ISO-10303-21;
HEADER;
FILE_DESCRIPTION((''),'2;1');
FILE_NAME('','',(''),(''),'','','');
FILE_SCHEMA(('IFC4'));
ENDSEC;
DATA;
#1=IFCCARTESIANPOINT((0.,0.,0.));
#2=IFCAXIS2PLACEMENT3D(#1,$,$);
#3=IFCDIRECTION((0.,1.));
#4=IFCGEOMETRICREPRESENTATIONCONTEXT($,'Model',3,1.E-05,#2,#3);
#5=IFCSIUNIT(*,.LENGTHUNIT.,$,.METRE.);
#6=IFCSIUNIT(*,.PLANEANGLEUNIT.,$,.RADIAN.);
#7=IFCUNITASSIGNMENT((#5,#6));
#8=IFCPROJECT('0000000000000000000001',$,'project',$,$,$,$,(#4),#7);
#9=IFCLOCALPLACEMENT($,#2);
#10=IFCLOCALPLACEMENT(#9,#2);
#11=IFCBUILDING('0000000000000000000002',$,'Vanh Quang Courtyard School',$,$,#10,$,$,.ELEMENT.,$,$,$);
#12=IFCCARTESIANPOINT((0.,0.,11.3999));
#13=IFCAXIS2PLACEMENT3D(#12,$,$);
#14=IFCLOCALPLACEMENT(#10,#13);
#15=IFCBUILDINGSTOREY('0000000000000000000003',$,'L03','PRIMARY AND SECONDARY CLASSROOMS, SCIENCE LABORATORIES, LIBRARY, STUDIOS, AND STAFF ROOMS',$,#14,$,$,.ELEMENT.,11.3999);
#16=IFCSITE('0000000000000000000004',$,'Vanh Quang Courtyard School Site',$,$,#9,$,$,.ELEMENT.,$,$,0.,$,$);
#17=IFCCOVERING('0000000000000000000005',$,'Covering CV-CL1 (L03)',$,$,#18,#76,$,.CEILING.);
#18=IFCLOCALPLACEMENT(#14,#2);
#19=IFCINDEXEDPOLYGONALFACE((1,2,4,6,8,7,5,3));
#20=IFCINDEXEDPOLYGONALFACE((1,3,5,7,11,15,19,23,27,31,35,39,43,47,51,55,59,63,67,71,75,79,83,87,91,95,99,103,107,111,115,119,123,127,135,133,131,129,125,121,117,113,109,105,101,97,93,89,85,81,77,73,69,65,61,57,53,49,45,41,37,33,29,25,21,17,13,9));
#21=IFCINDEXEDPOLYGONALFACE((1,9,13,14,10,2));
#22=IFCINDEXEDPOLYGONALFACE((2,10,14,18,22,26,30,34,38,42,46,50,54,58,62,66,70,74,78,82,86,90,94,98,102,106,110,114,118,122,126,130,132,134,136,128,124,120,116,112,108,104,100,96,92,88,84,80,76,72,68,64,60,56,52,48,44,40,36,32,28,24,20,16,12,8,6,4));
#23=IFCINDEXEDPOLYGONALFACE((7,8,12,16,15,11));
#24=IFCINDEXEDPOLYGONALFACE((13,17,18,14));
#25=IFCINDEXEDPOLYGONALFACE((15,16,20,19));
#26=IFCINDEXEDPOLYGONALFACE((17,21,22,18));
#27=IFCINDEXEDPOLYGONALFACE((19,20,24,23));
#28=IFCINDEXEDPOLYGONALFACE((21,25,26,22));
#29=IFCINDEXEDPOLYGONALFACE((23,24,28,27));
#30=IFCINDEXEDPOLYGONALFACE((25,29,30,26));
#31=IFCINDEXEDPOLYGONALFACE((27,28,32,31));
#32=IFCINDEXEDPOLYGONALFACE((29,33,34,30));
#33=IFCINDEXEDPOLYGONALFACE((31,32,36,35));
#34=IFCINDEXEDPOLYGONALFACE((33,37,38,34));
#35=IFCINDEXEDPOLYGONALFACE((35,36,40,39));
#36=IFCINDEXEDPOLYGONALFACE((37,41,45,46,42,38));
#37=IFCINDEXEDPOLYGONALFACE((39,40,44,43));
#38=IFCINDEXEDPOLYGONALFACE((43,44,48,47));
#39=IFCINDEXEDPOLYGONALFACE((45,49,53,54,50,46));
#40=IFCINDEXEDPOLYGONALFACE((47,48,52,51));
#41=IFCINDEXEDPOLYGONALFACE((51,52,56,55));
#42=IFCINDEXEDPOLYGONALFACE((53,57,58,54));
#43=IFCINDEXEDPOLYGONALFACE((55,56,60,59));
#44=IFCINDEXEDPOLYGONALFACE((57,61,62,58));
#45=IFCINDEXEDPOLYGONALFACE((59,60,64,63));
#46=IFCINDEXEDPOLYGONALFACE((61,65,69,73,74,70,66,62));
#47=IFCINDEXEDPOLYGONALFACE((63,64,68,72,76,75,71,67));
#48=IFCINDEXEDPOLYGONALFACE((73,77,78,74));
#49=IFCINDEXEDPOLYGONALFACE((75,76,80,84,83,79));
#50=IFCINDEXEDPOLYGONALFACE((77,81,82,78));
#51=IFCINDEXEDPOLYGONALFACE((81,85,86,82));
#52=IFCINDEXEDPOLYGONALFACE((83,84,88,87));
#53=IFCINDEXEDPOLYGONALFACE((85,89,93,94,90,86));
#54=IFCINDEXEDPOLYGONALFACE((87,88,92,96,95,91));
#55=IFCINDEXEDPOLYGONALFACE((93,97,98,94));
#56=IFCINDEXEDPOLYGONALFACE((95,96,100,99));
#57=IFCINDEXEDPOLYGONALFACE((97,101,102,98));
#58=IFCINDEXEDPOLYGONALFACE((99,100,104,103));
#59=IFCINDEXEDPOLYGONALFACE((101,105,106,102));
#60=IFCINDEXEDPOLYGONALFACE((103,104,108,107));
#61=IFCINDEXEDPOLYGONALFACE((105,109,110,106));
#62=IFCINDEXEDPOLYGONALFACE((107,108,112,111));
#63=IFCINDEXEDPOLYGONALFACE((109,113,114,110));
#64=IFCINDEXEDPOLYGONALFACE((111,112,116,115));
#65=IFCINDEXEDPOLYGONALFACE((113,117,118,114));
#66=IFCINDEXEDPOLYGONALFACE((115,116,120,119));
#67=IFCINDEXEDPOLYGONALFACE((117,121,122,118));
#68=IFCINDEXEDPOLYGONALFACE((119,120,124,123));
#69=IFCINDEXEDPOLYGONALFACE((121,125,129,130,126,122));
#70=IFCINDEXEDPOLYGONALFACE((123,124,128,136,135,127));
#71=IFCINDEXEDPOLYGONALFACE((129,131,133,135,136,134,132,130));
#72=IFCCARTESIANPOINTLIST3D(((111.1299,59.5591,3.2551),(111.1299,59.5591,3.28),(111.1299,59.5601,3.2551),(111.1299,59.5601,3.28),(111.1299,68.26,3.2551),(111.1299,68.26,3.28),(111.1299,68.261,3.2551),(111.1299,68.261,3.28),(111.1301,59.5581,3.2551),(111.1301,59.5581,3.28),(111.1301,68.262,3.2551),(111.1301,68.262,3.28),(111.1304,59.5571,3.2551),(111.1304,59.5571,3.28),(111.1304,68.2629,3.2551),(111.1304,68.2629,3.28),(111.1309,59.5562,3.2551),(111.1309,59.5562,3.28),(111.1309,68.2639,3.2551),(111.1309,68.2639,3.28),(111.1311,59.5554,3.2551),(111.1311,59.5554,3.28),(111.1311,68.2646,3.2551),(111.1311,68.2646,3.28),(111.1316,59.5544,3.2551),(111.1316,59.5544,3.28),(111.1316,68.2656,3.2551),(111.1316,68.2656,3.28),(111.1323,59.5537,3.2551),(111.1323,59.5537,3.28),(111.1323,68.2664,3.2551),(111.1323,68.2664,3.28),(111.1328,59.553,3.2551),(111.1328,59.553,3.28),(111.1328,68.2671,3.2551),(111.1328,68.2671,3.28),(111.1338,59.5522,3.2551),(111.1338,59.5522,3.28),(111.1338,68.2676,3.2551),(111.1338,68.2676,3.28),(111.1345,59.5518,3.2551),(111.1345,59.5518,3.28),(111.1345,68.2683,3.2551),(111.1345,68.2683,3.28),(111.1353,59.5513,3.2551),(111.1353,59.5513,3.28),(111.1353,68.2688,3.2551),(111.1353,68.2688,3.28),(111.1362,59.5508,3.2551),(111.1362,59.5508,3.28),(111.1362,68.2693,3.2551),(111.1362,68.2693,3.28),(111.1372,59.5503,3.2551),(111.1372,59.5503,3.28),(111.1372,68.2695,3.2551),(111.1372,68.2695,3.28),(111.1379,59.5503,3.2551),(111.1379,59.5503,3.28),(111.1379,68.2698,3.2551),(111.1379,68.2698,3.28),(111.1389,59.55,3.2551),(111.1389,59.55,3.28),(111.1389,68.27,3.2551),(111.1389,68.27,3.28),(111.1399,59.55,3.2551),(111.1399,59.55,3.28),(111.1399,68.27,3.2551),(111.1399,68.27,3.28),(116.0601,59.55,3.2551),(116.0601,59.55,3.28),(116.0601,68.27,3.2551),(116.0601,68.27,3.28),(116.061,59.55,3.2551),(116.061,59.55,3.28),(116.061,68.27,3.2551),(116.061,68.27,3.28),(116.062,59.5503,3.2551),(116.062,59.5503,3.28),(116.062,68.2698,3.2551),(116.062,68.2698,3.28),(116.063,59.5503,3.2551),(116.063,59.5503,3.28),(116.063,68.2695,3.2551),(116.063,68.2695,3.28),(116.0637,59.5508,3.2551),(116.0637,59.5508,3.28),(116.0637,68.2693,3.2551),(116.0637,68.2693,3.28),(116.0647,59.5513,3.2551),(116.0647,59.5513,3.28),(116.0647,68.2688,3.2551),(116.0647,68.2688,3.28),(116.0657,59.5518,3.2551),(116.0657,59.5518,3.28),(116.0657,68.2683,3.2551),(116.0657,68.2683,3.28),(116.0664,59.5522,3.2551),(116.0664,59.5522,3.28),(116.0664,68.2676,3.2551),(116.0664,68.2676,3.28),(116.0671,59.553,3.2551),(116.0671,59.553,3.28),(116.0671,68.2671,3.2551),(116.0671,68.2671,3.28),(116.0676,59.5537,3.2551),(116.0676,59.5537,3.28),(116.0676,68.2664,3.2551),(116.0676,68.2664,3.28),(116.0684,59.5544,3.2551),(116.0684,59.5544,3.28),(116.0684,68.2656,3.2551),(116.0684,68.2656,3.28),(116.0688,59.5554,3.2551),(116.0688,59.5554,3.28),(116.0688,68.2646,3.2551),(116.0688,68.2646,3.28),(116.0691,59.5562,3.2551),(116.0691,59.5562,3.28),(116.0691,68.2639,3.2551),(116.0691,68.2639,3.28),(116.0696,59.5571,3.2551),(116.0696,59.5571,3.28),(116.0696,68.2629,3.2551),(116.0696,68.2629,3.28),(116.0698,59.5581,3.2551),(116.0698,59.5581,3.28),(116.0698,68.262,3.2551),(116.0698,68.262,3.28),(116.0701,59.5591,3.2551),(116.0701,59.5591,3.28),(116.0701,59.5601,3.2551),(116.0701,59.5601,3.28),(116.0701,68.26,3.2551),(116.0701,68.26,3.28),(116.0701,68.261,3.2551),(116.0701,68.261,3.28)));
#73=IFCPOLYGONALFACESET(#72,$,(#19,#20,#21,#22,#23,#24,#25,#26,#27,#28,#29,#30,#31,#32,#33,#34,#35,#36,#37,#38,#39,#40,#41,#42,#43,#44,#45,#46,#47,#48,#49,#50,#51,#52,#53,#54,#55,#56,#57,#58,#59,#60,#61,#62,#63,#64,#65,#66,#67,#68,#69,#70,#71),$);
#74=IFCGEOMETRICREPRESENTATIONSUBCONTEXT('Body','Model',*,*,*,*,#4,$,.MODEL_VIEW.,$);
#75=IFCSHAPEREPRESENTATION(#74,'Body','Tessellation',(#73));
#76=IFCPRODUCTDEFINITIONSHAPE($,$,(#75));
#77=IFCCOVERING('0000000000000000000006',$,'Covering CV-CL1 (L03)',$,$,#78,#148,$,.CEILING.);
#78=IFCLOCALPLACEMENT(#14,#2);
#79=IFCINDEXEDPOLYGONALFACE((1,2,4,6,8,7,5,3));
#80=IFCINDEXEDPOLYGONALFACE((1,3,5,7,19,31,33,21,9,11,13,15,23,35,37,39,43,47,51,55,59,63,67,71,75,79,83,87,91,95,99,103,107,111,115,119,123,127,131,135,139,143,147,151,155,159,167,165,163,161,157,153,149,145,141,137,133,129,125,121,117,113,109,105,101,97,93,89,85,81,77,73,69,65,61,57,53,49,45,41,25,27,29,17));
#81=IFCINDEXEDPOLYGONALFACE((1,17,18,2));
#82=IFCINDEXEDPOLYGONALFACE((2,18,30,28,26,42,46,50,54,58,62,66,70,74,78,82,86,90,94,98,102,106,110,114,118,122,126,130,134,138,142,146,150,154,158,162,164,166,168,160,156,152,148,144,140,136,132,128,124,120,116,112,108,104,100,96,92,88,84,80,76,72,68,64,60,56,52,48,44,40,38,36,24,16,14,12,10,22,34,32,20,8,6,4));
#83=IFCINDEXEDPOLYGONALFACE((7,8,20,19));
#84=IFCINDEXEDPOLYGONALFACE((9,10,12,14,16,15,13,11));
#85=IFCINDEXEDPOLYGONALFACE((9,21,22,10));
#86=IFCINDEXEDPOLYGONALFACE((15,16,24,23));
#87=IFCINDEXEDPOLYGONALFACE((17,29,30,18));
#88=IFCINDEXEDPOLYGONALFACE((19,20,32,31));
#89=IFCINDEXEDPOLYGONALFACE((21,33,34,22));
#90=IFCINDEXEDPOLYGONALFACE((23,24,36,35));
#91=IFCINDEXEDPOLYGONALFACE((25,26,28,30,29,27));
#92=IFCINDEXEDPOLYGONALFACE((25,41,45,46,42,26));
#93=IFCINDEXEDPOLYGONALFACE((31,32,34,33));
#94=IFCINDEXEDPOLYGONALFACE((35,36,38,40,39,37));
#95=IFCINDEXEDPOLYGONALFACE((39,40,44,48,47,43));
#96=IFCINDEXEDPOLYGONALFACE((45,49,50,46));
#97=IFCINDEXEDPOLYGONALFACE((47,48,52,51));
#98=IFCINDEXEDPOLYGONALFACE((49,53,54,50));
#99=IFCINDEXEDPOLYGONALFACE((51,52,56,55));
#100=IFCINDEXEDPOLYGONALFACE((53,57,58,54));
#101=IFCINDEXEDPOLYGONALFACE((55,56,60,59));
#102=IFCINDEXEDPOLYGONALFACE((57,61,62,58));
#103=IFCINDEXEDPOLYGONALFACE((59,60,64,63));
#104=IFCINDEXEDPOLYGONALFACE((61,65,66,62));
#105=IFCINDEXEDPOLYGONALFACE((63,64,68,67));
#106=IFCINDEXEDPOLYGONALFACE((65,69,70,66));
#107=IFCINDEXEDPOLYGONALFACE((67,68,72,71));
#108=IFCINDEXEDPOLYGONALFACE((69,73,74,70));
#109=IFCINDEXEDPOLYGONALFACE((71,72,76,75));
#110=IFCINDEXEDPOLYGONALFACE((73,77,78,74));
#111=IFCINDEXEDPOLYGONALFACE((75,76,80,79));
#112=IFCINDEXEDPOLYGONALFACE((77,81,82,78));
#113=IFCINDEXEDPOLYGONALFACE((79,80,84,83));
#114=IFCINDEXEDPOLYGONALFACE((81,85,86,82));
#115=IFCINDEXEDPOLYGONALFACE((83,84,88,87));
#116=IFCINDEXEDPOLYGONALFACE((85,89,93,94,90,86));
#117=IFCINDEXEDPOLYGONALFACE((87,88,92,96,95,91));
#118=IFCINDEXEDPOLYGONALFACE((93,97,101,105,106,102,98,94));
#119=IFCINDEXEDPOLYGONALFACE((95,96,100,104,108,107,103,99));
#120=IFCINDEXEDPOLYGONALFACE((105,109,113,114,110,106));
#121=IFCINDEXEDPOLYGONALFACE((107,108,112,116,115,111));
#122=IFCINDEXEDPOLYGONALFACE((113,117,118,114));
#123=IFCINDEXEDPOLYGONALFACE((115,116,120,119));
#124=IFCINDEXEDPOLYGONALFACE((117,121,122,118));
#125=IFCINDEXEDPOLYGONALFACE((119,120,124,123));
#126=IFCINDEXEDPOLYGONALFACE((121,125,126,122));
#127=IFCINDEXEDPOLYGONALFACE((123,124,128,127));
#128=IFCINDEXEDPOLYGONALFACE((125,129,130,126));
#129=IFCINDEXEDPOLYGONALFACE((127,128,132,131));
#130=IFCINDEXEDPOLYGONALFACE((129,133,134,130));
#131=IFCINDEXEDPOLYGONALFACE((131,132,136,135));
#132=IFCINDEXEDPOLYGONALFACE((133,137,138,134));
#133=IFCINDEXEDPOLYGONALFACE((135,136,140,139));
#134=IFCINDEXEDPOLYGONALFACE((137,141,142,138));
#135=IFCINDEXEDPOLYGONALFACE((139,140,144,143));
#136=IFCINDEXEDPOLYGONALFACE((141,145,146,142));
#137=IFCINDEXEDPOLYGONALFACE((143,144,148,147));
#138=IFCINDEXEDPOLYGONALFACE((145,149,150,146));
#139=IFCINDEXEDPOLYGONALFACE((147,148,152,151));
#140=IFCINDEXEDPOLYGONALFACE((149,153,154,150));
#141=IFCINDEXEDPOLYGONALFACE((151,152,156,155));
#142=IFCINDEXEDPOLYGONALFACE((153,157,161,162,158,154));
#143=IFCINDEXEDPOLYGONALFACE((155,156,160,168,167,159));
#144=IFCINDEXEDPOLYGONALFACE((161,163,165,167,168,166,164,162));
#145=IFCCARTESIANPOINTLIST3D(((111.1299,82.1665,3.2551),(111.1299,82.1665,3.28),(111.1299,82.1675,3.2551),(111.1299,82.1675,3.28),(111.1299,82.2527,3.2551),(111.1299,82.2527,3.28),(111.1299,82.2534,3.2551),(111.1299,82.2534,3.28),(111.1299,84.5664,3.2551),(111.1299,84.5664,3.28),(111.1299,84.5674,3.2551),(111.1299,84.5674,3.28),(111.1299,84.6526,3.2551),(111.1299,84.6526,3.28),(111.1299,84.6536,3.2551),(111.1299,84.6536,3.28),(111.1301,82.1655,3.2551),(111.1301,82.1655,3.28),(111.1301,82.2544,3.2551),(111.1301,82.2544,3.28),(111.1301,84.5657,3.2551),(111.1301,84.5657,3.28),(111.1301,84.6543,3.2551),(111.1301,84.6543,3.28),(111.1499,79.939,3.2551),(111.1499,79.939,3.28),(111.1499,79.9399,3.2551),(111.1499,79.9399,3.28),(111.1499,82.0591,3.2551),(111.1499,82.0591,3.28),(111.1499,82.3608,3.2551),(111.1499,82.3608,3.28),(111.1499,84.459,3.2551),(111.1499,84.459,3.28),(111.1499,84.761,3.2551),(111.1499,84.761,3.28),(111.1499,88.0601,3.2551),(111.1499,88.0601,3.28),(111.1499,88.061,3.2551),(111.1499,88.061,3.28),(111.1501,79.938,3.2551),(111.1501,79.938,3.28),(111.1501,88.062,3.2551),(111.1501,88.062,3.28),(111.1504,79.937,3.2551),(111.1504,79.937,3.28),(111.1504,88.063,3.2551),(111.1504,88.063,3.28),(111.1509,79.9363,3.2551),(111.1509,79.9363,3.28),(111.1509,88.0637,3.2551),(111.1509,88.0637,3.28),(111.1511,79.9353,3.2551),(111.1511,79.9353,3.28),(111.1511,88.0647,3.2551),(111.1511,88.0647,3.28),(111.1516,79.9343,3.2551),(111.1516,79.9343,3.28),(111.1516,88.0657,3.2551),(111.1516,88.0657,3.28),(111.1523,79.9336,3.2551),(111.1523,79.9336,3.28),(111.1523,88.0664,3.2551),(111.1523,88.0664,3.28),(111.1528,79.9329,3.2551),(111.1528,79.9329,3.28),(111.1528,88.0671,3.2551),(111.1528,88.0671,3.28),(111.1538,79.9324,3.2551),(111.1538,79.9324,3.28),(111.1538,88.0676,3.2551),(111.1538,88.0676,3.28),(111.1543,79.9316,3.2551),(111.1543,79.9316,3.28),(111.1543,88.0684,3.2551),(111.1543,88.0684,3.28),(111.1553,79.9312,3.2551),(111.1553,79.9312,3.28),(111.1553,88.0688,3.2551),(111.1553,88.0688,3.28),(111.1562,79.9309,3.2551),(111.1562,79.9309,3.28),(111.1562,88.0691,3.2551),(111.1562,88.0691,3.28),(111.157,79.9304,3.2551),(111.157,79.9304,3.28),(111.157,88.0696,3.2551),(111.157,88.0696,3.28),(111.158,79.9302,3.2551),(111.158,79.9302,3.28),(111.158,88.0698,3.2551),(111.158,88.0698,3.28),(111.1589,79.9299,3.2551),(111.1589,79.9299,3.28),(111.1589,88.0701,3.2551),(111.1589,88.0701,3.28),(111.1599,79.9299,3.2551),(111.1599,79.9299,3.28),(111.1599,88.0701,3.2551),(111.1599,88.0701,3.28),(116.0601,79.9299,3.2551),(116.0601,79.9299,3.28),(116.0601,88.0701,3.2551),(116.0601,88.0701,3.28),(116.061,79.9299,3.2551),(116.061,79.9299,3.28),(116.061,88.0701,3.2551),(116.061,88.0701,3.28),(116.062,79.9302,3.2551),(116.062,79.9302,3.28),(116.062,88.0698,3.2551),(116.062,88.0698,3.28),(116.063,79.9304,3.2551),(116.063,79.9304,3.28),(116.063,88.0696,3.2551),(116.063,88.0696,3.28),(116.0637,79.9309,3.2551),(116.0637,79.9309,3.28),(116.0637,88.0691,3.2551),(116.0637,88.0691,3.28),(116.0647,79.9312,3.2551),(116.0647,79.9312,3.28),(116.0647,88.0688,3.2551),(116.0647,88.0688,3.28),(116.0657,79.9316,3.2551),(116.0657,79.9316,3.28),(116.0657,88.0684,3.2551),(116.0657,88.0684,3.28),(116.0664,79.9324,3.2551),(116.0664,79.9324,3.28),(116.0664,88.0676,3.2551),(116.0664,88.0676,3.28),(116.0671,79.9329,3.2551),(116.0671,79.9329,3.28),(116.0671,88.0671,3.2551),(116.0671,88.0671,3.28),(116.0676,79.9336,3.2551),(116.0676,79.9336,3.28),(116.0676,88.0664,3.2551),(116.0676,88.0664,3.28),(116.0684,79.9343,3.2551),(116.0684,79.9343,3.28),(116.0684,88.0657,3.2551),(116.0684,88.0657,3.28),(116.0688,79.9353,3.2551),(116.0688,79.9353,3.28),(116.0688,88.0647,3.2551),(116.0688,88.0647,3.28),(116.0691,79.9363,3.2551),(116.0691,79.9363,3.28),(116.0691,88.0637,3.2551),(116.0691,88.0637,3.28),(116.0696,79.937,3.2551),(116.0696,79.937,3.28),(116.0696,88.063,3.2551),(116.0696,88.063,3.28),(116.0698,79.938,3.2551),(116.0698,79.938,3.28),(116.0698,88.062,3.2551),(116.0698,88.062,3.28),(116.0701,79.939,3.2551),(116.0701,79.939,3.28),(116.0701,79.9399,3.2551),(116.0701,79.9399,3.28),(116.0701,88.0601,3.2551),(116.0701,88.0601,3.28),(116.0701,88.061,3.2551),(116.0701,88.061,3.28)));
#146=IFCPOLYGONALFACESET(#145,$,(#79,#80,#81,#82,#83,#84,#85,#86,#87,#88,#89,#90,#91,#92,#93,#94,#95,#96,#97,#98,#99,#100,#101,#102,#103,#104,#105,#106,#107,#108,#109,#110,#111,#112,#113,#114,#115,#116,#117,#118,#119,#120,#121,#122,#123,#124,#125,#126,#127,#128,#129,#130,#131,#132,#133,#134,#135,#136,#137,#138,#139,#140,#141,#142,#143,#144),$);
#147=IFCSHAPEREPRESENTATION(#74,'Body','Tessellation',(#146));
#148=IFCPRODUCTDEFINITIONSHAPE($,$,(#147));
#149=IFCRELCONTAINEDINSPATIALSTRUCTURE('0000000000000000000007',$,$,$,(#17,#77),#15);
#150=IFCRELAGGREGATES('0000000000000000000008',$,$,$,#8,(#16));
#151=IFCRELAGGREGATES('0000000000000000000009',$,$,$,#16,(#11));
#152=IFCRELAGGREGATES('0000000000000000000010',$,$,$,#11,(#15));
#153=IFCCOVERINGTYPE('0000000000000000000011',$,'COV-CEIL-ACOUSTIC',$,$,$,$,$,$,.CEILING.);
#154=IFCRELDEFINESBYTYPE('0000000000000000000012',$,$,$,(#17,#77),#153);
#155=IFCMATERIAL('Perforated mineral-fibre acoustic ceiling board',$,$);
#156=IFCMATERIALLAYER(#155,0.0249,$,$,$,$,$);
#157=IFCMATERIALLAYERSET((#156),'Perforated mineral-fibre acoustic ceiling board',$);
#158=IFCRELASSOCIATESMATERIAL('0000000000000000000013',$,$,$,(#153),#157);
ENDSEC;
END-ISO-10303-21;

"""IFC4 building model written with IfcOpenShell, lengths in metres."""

from ifc_helpers import new_model, si_unit, direction, frame, origin, place, context, subcontext, project, spatial, polyline, outline, extrude, material, layer, layer_set, type_object, element, save


model = new_model("IFC4")

# Units and contexts
model_context = context("Model", 3, precision=1e-05, world=origin(), true_north=direction((0.0, 1.0)))
body_context = subcontext(model_context, "Body", "Model", "MODEL_VIEW")
ifc_project = project(units=[si_unit("LENGTHUNIT", "METRE"), si_unit("PLANEANGLEUNIT", "RADIAN")], contexts=[model_context])

# Site, building, storey
site_placement = place(None, origin())
site = spatial("IfcSite", under=ifc_project, at=site_placement, Name="Vanh Quang Courtyard School Site", CompositionType="ELEMENT", RefElevation=0.0)
building_placement = place(site_placement, origin())
building = spatial("IfcBuilding", under=site, at=building_placement, Name="Vanh Quang Courtyard School", CompositionType="ELEMENT")
storey_placement = place(building_placement, frame((0.0, 0.0, 11.3999)))
storey = spatial("IfcBuildingStorey", under=building, at=storey_placement, Name="L03", Description="PRIMARY AND SECONDARY CLASSROOMS, SCIENCE LABORATORIES, LIBRARY, STUDIOS, AND STAFF ROOMS", CompositionType="ELEMENT", Elevation=11.3999)

# Coverings
ifc_material_1 = material(Name="Perforated mineral-fibre acoustic ceiling board")
ifc_layer_1 = layer(ifc_material_1, 0.0249)
ifc_layer_set_1 = layer_set([ifc_layer_1], Name="Perforated mineral-fibre acoustic ceiling board")
covering_type_1 = type_object("IfcCoveringType", Name="COV-CEIL-ACOUSTIC", PredefinedType="CEILING", material=ifc_layer_set_1)
covering_1_placement = place(storey_placement, frame((0.0, 0.0, 3.2551)))
element("IfcCovering", 1, at=covering_1_placement, inside=storey, type_object=covering_type_1, Name="Covering CV-CL1 (L03)", PredefinedType="CEILING", context=body_context, shape_type="SweptSolid", body=[
    extrude(outline(polyline([(111.1399, 59.55), (111.1389, 59.55), (111.1379, 59.5503), (111.1372, 59.5503), (111.1362, 59.5508), (111.1353, 59.5513), (111.1345, 59.5518), (111.1338, 59.5522), (111.1328, 59.553), (111.1323, 59.5537), (111.1316, 59.5544), (111.1311, 59.5554), (111.1309, 59.5562), (111.1304, 59.5571), (111.1301, 59.5581), (111.1299, 59.5591), (111.1299, 59.5601), (111.1299, 68.26), (111.1299, 68.261), (111.1301, 68.262), (111.1304, 68.2629), (111.1309, 68.2639), (111.1311, 68.2646), (111.1316, 68.2656), (111.1323, 68.2664), (111.1328, 68.2671), (111.1338, 68.2676), (111.1345, 68.2683), (111.1353, 68.2688), (111.1362, 68.2693), (111.1372, 68.2695), (111.1379, 68.2698), (111.1389, 68.27), (111.1399, 68.27), (116.0601, 68.27), (116.061, 68.27), (116.062, 68.2698), (116.063, 68.2695), (116.0637, 68.2693), (116.0647, 68.2688), (116.0657, 68.2683), (116.0664, 68.2676), (116.0671, 68.2671), (116.0676, 68.2664), (116.0684, 68.2656), (116.0688, 68.2646), (116.0691, 68.2639), (116.0696, 68.2629), (116.0698, 68.262), (116.0701, 68.261), (116.0701, 68.26), (116.0701, 59.5601), (116.0701, 59.5591), (116.0698, 59.5581), (116.0696, 59.5571), (116.0691, 59.5562), (116.0688, 59.5554), (116.0684, 59.5544), (116.0676, 59.5537), (116.0671, 59.553), (116.0664, 59.5522), (116.0657, 59.5518), (116.0647, 59.5513), (116.0637, 59.5508), (116.063, 59.5503), (116.062, 59.5503), (116.061, 59.55), (116.0601, 59.55), (111.1399, 59.55)])), origin(), (0.0, 0.0, 1.0), 0.0249),
])
covering_2_placement = place(storey_placement, frame((0.0, 0.0, 3.2551)))
element("IfcCovering", 2, at=covering_2_placement, inside=storey, type_object=covering_type_1, Name="Covering CV-CL1 (L03)", PredefinedType="CEILING", context=body_context, shape_type="SweptSolid", body=[
    extrude(outline(polyline([(111.1599, 79.9299), (111.1589, 79.9299), (111.158, 79.9302), (111.157, 79.9304), (111.1562, 79.9309), (111.1553, 79.9312), (111.1543, 79.9316), (111.1538, 79.9324), (111.1528, 79.9329), (111.1523, 79.9336), (111.1516, 79.9343), (111.1511, 79.9353), (111.1509, 79.9363), (111.1504, 79.937), (111.1501, 79.938), (111.1499, 79.939), (111.1499, 79.9399), (111.1499, 82.0591), (111.1301, 82.1655), (111.1299, 82.1665), (111.1299, 82.1675), (111.1299, 82.2527), (111.1299, 82.2534), (111.1301, 82.2544), (111.1499, 82.3608), (111.1499, 84.459), (111.1301, 84.5657), (111.1299, 84.5664), (111.1299, 84.5674), (111.1299, 84.6526), (111.1299, 84.6536), (111.1301, 84.6543), (111.1499, 84.761), (111.1499, 88.0601), (111.1499, 88.061), (111.1501, 88.062), (111.1504, 88.063), (111.1509, 88.0637), (111.1511, 88.0647), (111.1516, 88.0657), (111.1523, 88.0664), (111.1528, 88.0671), (111.1538, 88.0676), (111.1543, 88.0684), (111.1553, 88.0688), (111.1562, 88.0691), (111.157, 88.0696), (111.158, 88.0698), (111.1589, 88.0701), (111.1599, 88.0701), (116.0601, 88.0701), (116.061, 88.0701), (116.062, 88.0698), (116.063, 88.0696), (116.0637, 88.0691), (116.0647, 88.0688), (116.0657, 88.0684), (116.0664, 88.0676), (116.0671, 88.0671), (116.0676, 88.0664), (116.0684, 88.0657), (116.0688, 88.0647), (116.0691, 88.0637), (116.0696, 88.063), (116.0698, 88.062), (116.0701, 88.061), (116.0701, 88.0601), (116.0701, 79.9399), (116.0701, 79.939), (116.0698, 79.938), (116.0696, 79.937), (116.0691, 79.9363), (116.0688, 79.9353), (116.0684, 79.9343), (116.0676, 79.9336), (116.0671, 79.9329), (116.0664, 79.9324), (116.0657, 79.9316), (116.0647, 79.9312), (116.0637, 79.9309), (116.063, 79.9304), (116.062, 79.9302), (116.061, 79.9299), (116.0601, 79.9299), (111.1599, 79.9299)])), origin(), (0.0, 0.0, 1.0), 0.0249),
])

save(model, "model.ifc")
